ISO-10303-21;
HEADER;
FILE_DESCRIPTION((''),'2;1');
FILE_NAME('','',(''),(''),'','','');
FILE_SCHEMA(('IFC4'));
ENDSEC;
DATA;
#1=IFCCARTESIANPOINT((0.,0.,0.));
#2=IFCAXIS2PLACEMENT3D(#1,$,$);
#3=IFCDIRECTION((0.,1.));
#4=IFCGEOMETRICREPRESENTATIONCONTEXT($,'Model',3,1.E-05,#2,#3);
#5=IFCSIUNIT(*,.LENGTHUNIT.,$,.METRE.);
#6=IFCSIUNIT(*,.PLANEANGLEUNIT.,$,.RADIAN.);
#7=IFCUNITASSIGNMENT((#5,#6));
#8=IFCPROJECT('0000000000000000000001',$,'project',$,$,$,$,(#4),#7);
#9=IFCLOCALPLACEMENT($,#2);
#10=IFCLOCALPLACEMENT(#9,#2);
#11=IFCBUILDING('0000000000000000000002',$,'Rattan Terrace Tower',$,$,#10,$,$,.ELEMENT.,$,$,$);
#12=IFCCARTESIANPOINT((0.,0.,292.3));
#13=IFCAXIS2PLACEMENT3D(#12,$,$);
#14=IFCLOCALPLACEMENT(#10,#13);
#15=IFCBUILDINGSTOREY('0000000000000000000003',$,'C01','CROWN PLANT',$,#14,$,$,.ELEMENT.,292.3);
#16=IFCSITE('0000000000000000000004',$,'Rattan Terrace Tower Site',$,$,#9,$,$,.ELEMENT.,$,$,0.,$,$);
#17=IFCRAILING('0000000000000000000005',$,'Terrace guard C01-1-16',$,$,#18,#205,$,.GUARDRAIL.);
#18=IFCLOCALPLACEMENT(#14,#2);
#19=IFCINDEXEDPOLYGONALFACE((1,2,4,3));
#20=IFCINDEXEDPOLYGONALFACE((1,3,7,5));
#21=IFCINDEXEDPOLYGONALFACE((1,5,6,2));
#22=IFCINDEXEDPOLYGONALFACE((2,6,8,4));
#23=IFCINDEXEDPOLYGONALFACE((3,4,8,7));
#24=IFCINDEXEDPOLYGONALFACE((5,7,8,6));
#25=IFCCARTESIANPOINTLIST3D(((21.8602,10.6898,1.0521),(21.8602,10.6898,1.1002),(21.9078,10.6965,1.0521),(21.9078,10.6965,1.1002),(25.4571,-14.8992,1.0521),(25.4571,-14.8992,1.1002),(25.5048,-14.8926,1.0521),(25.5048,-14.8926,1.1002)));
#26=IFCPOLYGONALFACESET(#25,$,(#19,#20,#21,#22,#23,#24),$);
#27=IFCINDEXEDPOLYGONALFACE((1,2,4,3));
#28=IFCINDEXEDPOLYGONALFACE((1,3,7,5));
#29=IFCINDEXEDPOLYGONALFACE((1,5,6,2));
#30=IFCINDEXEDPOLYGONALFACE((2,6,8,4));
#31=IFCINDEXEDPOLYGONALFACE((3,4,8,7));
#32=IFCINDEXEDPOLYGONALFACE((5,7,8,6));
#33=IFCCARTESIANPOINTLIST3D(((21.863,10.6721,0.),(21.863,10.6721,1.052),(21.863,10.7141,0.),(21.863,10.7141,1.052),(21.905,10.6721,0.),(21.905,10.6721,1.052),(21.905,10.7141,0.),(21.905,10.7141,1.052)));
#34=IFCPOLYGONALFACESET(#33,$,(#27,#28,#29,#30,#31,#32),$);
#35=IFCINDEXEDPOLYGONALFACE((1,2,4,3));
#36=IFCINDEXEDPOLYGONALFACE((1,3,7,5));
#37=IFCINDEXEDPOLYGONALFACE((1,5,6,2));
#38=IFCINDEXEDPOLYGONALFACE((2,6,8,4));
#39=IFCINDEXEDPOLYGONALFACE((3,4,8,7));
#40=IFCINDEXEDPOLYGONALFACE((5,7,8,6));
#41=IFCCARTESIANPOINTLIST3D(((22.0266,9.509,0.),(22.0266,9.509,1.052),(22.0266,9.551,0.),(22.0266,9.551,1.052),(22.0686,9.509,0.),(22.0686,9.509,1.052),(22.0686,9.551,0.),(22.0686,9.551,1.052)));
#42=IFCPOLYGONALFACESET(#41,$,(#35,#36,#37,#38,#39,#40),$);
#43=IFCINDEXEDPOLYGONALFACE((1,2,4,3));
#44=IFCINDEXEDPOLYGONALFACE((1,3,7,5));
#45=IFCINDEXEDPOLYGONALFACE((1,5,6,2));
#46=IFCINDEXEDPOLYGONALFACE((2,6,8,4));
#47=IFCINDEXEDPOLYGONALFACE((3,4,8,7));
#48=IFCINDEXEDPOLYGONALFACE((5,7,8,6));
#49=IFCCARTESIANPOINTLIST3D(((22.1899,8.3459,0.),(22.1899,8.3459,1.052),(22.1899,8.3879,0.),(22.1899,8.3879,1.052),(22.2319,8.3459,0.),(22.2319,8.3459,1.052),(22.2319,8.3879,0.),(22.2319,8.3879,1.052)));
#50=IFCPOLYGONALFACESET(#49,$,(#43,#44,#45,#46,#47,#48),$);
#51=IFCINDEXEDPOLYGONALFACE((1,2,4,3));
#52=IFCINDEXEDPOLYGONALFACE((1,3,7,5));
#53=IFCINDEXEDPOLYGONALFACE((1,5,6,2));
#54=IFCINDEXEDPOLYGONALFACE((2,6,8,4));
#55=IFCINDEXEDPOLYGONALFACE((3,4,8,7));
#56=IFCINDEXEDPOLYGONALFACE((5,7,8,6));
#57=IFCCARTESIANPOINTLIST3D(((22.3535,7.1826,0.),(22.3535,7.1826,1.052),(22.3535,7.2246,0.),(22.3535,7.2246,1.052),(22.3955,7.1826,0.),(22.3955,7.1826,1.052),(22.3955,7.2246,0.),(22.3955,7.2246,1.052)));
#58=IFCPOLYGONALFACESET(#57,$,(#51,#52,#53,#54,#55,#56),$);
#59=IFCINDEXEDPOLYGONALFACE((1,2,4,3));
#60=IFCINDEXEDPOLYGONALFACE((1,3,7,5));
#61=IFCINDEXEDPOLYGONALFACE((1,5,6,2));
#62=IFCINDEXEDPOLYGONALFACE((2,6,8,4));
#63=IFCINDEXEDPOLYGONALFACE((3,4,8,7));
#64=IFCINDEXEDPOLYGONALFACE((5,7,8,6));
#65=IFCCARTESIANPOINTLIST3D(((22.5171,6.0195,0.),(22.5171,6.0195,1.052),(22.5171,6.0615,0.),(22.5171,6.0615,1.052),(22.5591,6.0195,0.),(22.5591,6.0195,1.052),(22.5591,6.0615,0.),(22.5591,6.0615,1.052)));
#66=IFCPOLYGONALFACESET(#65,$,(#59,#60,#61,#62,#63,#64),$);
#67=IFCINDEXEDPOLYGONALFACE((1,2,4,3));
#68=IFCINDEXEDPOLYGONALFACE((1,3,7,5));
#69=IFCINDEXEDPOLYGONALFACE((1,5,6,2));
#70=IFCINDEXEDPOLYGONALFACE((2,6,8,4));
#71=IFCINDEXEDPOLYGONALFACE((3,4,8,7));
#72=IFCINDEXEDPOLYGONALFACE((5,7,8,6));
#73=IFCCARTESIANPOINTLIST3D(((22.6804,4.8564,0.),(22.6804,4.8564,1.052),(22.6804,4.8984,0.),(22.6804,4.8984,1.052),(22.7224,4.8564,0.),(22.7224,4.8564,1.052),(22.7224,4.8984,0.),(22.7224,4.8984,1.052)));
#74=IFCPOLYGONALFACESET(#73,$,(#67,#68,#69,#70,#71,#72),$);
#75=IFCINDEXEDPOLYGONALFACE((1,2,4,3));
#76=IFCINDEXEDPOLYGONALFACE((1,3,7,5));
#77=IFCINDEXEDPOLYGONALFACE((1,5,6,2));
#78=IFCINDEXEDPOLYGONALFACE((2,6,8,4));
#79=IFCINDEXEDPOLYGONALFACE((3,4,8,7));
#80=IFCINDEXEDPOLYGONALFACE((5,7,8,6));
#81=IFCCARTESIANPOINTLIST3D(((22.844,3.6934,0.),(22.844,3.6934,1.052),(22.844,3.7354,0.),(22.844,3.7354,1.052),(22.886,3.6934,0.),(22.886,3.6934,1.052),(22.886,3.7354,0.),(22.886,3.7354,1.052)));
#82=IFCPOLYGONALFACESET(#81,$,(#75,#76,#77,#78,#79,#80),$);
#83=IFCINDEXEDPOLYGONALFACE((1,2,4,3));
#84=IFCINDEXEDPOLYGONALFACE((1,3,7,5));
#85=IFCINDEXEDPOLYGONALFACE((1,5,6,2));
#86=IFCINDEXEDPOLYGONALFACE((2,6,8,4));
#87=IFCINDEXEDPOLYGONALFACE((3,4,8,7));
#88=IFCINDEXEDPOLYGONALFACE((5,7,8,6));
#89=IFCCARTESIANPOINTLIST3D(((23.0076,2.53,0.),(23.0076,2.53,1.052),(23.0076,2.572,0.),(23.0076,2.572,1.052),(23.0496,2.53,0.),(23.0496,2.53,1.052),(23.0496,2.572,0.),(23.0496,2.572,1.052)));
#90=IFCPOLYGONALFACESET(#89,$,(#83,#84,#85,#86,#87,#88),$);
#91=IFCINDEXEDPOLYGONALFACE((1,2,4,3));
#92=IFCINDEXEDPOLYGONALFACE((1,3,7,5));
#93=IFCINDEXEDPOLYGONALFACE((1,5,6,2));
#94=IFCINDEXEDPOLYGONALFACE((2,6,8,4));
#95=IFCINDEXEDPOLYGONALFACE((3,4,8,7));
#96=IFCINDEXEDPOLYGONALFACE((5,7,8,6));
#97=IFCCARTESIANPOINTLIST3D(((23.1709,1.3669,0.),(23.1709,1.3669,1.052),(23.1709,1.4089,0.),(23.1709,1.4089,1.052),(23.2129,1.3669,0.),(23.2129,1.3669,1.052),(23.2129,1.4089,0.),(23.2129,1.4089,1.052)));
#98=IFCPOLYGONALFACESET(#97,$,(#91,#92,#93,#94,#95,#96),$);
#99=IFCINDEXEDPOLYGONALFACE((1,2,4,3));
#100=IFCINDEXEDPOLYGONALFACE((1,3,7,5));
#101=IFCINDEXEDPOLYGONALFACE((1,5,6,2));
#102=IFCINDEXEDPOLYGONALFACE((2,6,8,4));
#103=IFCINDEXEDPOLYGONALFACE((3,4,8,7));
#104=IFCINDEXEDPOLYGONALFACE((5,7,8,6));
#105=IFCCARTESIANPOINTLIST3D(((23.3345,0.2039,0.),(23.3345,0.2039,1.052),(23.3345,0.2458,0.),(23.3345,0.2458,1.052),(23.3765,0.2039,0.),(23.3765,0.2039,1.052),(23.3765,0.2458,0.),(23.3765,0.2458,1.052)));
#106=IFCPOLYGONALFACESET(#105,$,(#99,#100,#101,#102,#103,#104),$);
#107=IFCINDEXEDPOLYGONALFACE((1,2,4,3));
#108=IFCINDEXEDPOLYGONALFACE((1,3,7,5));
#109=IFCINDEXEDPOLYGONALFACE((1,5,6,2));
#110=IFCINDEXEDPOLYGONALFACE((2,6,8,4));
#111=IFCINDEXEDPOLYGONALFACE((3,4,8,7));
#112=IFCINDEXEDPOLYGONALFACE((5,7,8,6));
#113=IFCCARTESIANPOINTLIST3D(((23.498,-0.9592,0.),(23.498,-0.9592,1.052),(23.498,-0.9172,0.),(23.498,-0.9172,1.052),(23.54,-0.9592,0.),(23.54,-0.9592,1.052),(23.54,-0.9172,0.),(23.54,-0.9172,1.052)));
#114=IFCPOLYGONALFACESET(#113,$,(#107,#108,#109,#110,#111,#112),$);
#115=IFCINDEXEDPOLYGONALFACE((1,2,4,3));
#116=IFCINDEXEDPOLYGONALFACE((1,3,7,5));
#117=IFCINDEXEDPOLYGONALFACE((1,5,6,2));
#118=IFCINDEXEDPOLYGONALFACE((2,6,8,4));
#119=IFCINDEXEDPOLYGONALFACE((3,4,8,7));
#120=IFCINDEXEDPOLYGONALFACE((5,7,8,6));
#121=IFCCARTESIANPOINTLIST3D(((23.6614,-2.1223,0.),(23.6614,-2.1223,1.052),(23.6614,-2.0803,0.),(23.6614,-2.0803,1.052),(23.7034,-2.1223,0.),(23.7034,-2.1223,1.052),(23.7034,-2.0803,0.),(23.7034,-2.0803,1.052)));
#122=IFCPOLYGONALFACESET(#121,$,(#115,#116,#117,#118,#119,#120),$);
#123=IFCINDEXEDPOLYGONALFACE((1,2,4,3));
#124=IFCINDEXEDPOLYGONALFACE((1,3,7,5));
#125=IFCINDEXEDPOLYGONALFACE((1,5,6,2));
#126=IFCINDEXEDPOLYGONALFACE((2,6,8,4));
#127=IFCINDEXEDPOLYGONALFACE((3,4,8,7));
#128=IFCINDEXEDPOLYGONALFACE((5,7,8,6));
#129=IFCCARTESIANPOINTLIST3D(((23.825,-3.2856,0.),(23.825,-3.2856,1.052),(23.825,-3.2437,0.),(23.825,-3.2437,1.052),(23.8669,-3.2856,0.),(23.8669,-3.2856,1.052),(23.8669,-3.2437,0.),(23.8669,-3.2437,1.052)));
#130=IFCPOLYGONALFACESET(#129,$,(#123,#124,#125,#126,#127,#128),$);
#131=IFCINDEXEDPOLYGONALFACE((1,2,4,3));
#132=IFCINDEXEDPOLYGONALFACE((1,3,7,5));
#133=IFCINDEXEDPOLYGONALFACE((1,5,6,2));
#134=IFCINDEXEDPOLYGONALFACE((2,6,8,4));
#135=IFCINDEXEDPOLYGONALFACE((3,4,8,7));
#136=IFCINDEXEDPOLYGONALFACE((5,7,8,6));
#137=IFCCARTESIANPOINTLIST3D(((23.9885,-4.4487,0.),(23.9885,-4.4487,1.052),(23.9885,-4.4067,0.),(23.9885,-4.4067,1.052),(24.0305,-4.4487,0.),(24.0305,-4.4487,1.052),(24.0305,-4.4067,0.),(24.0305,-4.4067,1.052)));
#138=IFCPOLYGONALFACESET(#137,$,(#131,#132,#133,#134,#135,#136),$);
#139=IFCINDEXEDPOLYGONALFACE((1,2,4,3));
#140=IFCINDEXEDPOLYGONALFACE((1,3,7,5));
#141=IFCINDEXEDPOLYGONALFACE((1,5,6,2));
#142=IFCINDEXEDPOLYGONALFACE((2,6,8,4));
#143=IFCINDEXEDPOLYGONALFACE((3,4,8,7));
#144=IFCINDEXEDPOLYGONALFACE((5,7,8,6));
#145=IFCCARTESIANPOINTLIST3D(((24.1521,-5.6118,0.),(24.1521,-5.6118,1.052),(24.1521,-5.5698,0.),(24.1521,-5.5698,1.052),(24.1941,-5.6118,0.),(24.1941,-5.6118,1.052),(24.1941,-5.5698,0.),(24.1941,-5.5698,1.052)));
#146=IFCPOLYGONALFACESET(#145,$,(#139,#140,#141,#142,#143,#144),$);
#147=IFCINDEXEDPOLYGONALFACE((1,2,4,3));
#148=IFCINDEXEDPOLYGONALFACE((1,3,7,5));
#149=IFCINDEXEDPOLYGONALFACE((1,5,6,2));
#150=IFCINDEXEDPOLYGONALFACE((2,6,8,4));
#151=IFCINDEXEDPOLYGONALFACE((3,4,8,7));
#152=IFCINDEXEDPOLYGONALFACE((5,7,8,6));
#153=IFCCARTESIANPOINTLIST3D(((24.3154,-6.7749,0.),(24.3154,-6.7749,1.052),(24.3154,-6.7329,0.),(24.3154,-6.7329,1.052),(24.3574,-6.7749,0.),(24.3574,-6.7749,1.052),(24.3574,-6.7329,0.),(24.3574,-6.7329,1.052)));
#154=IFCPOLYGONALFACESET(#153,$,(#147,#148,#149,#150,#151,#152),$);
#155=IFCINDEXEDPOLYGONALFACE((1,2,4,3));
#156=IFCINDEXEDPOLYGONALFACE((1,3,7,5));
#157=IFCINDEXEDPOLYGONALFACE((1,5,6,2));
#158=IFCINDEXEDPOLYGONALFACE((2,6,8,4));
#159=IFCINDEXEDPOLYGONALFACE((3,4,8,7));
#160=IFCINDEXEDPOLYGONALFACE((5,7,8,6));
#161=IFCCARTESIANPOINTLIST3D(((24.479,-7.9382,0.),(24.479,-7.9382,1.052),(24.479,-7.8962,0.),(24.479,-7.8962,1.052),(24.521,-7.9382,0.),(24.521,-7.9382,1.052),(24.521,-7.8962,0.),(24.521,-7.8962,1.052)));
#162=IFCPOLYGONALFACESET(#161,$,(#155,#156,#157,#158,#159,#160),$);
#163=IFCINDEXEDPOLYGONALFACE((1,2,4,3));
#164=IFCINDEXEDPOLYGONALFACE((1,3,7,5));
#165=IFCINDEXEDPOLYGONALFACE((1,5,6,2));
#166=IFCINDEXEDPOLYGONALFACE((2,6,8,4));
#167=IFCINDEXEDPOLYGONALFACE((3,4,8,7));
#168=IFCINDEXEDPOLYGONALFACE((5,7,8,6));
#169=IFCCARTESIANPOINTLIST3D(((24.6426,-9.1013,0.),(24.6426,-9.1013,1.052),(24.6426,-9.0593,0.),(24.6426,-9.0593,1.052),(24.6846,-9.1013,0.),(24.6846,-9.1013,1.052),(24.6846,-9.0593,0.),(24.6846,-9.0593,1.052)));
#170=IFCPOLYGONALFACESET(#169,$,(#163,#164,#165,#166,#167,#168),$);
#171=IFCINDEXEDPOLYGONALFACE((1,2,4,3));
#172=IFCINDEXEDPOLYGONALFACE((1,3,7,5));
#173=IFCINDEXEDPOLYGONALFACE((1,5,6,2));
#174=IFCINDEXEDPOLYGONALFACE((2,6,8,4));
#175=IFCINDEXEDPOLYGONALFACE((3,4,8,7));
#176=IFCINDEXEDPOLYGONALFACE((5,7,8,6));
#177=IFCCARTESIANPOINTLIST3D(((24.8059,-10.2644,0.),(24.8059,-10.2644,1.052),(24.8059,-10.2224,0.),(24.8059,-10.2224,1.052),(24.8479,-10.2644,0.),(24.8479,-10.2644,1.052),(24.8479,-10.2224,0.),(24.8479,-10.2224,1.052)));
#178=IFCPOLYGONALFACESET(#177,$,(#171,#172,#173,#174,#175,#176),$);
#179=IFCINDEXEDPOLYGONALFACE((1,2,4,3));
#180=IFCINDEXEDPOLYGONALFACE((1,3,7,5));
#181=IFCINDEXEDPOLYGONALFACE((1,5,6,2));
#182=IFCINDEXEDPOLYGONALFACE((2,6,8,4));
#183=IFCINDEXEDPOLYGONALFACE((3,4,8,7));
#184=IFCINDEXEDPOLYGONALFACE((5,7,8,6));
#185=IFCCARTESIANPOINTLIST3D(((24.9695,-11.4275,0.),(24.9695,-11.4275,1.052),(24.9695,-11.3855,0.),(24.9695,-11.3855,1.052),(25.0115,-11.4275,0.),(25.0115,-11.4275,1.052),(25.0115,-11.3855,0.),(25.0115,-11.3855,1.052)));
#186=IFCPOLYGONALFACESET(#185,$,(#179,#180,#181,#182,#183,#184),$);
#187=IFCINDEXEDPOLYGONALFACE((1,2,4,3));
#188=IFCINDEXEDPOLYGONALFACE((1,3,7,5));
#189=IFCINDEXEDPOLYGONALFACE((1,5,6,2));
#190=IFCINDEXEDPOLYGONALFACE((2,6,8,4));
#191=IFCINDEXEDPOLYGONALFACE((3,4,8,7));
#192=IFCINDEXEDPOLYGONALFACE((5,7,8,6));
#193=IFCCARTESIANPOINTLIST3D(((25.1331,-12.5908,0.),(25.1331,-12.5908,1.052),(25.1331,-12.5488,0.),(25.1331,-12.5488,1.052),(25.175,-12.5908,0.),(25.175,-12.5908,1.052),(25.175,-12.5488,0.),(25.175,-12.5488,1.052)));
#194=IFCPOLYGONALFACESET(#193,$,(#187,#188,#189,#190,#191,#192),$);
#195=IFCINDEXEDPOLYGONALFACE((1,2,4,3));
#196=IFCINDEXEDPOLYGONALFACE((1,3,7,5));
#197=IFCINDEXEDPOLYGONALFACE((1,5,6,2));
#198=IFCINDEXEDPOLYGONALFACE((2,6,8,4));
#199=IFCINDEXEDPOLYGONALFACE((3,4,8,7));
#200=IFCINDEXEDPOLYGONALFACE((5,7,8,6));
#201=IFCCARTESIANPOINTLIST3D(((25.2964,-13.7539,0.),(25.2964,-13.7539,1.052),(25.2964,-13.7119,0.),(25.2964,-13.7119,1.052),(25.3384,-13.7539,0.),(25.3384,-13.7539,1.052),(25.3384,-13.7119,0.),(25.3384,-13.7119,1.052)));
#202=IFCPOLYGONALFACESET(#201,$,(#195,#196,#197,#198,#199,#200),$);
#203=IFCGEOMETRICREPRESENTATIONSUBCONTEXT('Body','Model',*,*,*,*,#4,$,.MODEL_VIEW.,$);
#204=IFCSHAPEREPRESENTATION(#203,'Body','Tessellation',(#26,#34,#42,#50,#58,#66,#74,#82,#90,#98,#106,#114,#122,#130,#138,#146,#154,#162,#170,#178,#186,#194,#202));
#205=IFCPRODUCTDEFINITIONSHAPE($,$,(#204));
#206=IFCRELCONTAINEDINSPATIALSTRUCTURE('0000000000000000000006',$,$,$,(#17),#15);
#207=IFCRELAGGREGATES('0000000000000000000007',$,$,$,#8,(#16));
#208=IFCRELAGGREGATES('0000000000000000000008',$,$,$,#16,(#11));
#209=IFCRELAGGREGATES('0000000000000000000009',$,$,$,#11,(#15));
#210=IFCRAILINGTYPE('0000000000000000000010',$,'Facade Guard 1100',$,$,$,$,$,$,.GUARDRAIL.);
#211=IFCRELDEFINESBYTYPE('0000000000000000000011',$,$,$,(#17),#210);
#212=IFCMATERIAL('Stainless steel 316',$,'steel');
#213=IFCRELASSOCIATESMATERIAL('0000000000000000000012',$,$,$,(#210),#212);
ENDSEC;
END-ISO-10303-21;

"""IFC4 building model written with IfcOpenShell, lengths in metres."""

from ifc_helpers import new_model, si_unit, direction, frame, origin, origin_2d, place, context, subcontext, project, spatial, rectangle, extrude, material, type_object, element, save


model = new_model("IFC4")

# Units and contexts
model_context = context("Model", 3, precision=1e-05, world=origin(), true_north=direction((0.0, 1.0)))
body_context = subcontext(model_context, "Body", "Model", "MODEL_VIEW")
ifc_project = project(units=[si_unit("LENGTHUNIT", "METRE"), si_unit("PLANEANGLEUNIT", "RADIAN")], contexts=[model_context])

# Site, building, storey
site_placement = place(None, origin())
site = spatial("IfcSite", under=ifc_project, at=site_placement, Name="Rattan Terrace Tower Site", CompositionType="ELEMENT", RefElevation=0.0)
building_placement = place(site_placement, origin())
building = spatial("IfcBuilding", under=site, at=building_placement, Name="Rattan Terrace Tower", CompositionType="ELEMENT")
storey_placement = place(building_placement, frame((0.0, 0.0, 292.3)))
storey = spatial("IfcBuildingStorey", under=building, at=storey_placement, Name="C01", Description="CROWN PLANT", CompositionType="ELEMENT", Elevation=292.3)

# Railing
ifc_material_1 = material(Name="Stainless steel 316", Category="steel")
railing_type_1 = type_object("IfcRailingType", Name="Facade Guard 1100", PredefinedType="GUARDRAIL", material=ifc_material_1)
railing_1_placement = place(storey_placement, frame((21.884, 10.6931, 0.0)))
element("IfcRailing", 1, at=railing_1_placement, inside=storey, type_object=railing_type_1, Name="Terrace guard C01-1-16", PredefinedType="GUARDRAIL", context=body_context, shape_type="SweptSolid", body=[
    extrude(rectangle(XDim=0.0481, YDim=0.0481, at=origin_2d()), frame((0.0, 0.0, 1.0762), z_axis=(0.139196, -0.990265, 0.0), x_axis=(0.990265, 0.139196, 0.0)), (0.0, 0.0, 1.0), 25.8406),
    extrude(rectangle(XDim=0.042, YDim=0.042, at=origin_2d()), origin(), (0.0, 0.0, 1.0), 1.052),
    extrude(rectangle(XDim=0.042, YDim=0.042, at=origin_2d()), frame((0.1636, -1.1631, 0.0)), (0.0, 0.0, 1.0), 1.052),
    extrude(rectangle(XDim=0.042, YDim=0.042, at=origin_2d()), frame((0.3269, -2.3262, 0.0)), (0.0, 0.0, 1.0), 1.052),
    extrude(rectangle(XDim=0.042, YDim=0.042, at=origin_2d()), frame((0.4905, -3.4895, 0.0)), (0.0, 0.0, 1.0), 1.052),
    extrude(rectangle(XDim=0.042, YDim=0.042, at=origin_2d()), frame((0.6541, -4.6526, 0.0)), (0.0, 0.0, 1.0), 1.052),
    extrude(rectangle(XDim=0.042, YDim=0.042, at=origin_2d()), frame((0.8174, -5.8157, 0.0)), (0.0, 0.0, 1.0), 1.052),
    extrude(rectangle(XDim=0.042, YDim=0.042, at=origin_2d()), frame((0.981, -6.9788, 0.0)), (0.0, 0.0, 1.0), 1.052),
    extrude(rectangle(XDim=0.042, YDim=0.042, at=origin_2d()), frame((1.1445, -8.1421, 0.0)), (0.0, 0.0, 1.0), 1.052),
    extrude(rectangle(XDim=0.042, YDim=0.042, at=origin_2d()), frame((1.3079, -9.3052, 0.0)), (0.0, 0.0, 1.0), 1.052),
    extrude(rectangle(XDim=0.042, YDim=0.042, at=origin_2d()), frame((1.4714, -10.4683, 0.0)), (0.0, 0.0, 1.0), 1.052),
    extrude(rectangle(XDim=0.042, YDim=0.042, at=origin_2d()), frame((1.635, -11.6313, 0.0)), (0.0, 0.0, 1.0), 1.052),
    extrude(rectangle(XDim=0.042, YDim=0.042, at=origin_2d()), frame((1.7983, -12.7944, 0.0)), (0.0, 0.0, 1.0), 1.052),
    extrude(rectangle(XDim=0.042, YDim=0.042, at=origin_2d()), frame((1.9619, -13.9578, 0.0)), (0.0, 0.0, 1.0), 1.052),
    extrude(rectangle(XDim=0.042, YDim=0.042, at=origin_2d()), frame((2.1255, -15.1208, 0.0)), (0.0, 0.0, 1.0), 1.052),
    extrude(rectangle(XDim=0.042, YDim=0.042, at=origin_2d()), frame((2.2891, -16.2839, 0.0)), (0.0, 0.0, 1.0), 1.052),
    extrude(rectangle(XDim=0.042, YDim=0.042, at=origin_2d()), frame((2.4524, -17.447, 0.0)), (0.0, 0.0, 1.0), 1.052),
    extrude(rectangle(XDim=0.042, YDim=0.042, at=origin_2d()), frame((2.616, -18.6104, 0.0)), (0.0, 0.0, 1.0), 1.052),
    extrude(rectangle(XDim=0.042, YDim=0.042, at=origin_2d()), frame((2.7795, -19.7734, 0.0)), (0.0, 0.0, 1.0), 1.052),
    extrude(rectangle(XDim=0.042, YDim=0.042, at=origin_2d()), frame((2.9429, -20.9365, 0.0)), (0.0, 0.0, 1.0), 1.052),
    extrude(rectangle(XDim=0.042, YDim=0.042, at=origin_2d()), frame((3.1064, -22.0996, 0.0)), (0.0, 0.0, 1.0), 1.052),
    extrude(rectangle(XDim=0.042, YDim=0.042, at=origin_2d()), frame((3.27, -23.2629, 0.0)), (0.0, 0.0, 1.0), 1.052),
    extrude(rectangle(XDim=0.042, YDim=0.042, at=origin_2d()), frame((3.4333, -24.426, 0.0)), (0.0, 0.0, 1.0), 1.052),
])

save(model, "model.ifc")
